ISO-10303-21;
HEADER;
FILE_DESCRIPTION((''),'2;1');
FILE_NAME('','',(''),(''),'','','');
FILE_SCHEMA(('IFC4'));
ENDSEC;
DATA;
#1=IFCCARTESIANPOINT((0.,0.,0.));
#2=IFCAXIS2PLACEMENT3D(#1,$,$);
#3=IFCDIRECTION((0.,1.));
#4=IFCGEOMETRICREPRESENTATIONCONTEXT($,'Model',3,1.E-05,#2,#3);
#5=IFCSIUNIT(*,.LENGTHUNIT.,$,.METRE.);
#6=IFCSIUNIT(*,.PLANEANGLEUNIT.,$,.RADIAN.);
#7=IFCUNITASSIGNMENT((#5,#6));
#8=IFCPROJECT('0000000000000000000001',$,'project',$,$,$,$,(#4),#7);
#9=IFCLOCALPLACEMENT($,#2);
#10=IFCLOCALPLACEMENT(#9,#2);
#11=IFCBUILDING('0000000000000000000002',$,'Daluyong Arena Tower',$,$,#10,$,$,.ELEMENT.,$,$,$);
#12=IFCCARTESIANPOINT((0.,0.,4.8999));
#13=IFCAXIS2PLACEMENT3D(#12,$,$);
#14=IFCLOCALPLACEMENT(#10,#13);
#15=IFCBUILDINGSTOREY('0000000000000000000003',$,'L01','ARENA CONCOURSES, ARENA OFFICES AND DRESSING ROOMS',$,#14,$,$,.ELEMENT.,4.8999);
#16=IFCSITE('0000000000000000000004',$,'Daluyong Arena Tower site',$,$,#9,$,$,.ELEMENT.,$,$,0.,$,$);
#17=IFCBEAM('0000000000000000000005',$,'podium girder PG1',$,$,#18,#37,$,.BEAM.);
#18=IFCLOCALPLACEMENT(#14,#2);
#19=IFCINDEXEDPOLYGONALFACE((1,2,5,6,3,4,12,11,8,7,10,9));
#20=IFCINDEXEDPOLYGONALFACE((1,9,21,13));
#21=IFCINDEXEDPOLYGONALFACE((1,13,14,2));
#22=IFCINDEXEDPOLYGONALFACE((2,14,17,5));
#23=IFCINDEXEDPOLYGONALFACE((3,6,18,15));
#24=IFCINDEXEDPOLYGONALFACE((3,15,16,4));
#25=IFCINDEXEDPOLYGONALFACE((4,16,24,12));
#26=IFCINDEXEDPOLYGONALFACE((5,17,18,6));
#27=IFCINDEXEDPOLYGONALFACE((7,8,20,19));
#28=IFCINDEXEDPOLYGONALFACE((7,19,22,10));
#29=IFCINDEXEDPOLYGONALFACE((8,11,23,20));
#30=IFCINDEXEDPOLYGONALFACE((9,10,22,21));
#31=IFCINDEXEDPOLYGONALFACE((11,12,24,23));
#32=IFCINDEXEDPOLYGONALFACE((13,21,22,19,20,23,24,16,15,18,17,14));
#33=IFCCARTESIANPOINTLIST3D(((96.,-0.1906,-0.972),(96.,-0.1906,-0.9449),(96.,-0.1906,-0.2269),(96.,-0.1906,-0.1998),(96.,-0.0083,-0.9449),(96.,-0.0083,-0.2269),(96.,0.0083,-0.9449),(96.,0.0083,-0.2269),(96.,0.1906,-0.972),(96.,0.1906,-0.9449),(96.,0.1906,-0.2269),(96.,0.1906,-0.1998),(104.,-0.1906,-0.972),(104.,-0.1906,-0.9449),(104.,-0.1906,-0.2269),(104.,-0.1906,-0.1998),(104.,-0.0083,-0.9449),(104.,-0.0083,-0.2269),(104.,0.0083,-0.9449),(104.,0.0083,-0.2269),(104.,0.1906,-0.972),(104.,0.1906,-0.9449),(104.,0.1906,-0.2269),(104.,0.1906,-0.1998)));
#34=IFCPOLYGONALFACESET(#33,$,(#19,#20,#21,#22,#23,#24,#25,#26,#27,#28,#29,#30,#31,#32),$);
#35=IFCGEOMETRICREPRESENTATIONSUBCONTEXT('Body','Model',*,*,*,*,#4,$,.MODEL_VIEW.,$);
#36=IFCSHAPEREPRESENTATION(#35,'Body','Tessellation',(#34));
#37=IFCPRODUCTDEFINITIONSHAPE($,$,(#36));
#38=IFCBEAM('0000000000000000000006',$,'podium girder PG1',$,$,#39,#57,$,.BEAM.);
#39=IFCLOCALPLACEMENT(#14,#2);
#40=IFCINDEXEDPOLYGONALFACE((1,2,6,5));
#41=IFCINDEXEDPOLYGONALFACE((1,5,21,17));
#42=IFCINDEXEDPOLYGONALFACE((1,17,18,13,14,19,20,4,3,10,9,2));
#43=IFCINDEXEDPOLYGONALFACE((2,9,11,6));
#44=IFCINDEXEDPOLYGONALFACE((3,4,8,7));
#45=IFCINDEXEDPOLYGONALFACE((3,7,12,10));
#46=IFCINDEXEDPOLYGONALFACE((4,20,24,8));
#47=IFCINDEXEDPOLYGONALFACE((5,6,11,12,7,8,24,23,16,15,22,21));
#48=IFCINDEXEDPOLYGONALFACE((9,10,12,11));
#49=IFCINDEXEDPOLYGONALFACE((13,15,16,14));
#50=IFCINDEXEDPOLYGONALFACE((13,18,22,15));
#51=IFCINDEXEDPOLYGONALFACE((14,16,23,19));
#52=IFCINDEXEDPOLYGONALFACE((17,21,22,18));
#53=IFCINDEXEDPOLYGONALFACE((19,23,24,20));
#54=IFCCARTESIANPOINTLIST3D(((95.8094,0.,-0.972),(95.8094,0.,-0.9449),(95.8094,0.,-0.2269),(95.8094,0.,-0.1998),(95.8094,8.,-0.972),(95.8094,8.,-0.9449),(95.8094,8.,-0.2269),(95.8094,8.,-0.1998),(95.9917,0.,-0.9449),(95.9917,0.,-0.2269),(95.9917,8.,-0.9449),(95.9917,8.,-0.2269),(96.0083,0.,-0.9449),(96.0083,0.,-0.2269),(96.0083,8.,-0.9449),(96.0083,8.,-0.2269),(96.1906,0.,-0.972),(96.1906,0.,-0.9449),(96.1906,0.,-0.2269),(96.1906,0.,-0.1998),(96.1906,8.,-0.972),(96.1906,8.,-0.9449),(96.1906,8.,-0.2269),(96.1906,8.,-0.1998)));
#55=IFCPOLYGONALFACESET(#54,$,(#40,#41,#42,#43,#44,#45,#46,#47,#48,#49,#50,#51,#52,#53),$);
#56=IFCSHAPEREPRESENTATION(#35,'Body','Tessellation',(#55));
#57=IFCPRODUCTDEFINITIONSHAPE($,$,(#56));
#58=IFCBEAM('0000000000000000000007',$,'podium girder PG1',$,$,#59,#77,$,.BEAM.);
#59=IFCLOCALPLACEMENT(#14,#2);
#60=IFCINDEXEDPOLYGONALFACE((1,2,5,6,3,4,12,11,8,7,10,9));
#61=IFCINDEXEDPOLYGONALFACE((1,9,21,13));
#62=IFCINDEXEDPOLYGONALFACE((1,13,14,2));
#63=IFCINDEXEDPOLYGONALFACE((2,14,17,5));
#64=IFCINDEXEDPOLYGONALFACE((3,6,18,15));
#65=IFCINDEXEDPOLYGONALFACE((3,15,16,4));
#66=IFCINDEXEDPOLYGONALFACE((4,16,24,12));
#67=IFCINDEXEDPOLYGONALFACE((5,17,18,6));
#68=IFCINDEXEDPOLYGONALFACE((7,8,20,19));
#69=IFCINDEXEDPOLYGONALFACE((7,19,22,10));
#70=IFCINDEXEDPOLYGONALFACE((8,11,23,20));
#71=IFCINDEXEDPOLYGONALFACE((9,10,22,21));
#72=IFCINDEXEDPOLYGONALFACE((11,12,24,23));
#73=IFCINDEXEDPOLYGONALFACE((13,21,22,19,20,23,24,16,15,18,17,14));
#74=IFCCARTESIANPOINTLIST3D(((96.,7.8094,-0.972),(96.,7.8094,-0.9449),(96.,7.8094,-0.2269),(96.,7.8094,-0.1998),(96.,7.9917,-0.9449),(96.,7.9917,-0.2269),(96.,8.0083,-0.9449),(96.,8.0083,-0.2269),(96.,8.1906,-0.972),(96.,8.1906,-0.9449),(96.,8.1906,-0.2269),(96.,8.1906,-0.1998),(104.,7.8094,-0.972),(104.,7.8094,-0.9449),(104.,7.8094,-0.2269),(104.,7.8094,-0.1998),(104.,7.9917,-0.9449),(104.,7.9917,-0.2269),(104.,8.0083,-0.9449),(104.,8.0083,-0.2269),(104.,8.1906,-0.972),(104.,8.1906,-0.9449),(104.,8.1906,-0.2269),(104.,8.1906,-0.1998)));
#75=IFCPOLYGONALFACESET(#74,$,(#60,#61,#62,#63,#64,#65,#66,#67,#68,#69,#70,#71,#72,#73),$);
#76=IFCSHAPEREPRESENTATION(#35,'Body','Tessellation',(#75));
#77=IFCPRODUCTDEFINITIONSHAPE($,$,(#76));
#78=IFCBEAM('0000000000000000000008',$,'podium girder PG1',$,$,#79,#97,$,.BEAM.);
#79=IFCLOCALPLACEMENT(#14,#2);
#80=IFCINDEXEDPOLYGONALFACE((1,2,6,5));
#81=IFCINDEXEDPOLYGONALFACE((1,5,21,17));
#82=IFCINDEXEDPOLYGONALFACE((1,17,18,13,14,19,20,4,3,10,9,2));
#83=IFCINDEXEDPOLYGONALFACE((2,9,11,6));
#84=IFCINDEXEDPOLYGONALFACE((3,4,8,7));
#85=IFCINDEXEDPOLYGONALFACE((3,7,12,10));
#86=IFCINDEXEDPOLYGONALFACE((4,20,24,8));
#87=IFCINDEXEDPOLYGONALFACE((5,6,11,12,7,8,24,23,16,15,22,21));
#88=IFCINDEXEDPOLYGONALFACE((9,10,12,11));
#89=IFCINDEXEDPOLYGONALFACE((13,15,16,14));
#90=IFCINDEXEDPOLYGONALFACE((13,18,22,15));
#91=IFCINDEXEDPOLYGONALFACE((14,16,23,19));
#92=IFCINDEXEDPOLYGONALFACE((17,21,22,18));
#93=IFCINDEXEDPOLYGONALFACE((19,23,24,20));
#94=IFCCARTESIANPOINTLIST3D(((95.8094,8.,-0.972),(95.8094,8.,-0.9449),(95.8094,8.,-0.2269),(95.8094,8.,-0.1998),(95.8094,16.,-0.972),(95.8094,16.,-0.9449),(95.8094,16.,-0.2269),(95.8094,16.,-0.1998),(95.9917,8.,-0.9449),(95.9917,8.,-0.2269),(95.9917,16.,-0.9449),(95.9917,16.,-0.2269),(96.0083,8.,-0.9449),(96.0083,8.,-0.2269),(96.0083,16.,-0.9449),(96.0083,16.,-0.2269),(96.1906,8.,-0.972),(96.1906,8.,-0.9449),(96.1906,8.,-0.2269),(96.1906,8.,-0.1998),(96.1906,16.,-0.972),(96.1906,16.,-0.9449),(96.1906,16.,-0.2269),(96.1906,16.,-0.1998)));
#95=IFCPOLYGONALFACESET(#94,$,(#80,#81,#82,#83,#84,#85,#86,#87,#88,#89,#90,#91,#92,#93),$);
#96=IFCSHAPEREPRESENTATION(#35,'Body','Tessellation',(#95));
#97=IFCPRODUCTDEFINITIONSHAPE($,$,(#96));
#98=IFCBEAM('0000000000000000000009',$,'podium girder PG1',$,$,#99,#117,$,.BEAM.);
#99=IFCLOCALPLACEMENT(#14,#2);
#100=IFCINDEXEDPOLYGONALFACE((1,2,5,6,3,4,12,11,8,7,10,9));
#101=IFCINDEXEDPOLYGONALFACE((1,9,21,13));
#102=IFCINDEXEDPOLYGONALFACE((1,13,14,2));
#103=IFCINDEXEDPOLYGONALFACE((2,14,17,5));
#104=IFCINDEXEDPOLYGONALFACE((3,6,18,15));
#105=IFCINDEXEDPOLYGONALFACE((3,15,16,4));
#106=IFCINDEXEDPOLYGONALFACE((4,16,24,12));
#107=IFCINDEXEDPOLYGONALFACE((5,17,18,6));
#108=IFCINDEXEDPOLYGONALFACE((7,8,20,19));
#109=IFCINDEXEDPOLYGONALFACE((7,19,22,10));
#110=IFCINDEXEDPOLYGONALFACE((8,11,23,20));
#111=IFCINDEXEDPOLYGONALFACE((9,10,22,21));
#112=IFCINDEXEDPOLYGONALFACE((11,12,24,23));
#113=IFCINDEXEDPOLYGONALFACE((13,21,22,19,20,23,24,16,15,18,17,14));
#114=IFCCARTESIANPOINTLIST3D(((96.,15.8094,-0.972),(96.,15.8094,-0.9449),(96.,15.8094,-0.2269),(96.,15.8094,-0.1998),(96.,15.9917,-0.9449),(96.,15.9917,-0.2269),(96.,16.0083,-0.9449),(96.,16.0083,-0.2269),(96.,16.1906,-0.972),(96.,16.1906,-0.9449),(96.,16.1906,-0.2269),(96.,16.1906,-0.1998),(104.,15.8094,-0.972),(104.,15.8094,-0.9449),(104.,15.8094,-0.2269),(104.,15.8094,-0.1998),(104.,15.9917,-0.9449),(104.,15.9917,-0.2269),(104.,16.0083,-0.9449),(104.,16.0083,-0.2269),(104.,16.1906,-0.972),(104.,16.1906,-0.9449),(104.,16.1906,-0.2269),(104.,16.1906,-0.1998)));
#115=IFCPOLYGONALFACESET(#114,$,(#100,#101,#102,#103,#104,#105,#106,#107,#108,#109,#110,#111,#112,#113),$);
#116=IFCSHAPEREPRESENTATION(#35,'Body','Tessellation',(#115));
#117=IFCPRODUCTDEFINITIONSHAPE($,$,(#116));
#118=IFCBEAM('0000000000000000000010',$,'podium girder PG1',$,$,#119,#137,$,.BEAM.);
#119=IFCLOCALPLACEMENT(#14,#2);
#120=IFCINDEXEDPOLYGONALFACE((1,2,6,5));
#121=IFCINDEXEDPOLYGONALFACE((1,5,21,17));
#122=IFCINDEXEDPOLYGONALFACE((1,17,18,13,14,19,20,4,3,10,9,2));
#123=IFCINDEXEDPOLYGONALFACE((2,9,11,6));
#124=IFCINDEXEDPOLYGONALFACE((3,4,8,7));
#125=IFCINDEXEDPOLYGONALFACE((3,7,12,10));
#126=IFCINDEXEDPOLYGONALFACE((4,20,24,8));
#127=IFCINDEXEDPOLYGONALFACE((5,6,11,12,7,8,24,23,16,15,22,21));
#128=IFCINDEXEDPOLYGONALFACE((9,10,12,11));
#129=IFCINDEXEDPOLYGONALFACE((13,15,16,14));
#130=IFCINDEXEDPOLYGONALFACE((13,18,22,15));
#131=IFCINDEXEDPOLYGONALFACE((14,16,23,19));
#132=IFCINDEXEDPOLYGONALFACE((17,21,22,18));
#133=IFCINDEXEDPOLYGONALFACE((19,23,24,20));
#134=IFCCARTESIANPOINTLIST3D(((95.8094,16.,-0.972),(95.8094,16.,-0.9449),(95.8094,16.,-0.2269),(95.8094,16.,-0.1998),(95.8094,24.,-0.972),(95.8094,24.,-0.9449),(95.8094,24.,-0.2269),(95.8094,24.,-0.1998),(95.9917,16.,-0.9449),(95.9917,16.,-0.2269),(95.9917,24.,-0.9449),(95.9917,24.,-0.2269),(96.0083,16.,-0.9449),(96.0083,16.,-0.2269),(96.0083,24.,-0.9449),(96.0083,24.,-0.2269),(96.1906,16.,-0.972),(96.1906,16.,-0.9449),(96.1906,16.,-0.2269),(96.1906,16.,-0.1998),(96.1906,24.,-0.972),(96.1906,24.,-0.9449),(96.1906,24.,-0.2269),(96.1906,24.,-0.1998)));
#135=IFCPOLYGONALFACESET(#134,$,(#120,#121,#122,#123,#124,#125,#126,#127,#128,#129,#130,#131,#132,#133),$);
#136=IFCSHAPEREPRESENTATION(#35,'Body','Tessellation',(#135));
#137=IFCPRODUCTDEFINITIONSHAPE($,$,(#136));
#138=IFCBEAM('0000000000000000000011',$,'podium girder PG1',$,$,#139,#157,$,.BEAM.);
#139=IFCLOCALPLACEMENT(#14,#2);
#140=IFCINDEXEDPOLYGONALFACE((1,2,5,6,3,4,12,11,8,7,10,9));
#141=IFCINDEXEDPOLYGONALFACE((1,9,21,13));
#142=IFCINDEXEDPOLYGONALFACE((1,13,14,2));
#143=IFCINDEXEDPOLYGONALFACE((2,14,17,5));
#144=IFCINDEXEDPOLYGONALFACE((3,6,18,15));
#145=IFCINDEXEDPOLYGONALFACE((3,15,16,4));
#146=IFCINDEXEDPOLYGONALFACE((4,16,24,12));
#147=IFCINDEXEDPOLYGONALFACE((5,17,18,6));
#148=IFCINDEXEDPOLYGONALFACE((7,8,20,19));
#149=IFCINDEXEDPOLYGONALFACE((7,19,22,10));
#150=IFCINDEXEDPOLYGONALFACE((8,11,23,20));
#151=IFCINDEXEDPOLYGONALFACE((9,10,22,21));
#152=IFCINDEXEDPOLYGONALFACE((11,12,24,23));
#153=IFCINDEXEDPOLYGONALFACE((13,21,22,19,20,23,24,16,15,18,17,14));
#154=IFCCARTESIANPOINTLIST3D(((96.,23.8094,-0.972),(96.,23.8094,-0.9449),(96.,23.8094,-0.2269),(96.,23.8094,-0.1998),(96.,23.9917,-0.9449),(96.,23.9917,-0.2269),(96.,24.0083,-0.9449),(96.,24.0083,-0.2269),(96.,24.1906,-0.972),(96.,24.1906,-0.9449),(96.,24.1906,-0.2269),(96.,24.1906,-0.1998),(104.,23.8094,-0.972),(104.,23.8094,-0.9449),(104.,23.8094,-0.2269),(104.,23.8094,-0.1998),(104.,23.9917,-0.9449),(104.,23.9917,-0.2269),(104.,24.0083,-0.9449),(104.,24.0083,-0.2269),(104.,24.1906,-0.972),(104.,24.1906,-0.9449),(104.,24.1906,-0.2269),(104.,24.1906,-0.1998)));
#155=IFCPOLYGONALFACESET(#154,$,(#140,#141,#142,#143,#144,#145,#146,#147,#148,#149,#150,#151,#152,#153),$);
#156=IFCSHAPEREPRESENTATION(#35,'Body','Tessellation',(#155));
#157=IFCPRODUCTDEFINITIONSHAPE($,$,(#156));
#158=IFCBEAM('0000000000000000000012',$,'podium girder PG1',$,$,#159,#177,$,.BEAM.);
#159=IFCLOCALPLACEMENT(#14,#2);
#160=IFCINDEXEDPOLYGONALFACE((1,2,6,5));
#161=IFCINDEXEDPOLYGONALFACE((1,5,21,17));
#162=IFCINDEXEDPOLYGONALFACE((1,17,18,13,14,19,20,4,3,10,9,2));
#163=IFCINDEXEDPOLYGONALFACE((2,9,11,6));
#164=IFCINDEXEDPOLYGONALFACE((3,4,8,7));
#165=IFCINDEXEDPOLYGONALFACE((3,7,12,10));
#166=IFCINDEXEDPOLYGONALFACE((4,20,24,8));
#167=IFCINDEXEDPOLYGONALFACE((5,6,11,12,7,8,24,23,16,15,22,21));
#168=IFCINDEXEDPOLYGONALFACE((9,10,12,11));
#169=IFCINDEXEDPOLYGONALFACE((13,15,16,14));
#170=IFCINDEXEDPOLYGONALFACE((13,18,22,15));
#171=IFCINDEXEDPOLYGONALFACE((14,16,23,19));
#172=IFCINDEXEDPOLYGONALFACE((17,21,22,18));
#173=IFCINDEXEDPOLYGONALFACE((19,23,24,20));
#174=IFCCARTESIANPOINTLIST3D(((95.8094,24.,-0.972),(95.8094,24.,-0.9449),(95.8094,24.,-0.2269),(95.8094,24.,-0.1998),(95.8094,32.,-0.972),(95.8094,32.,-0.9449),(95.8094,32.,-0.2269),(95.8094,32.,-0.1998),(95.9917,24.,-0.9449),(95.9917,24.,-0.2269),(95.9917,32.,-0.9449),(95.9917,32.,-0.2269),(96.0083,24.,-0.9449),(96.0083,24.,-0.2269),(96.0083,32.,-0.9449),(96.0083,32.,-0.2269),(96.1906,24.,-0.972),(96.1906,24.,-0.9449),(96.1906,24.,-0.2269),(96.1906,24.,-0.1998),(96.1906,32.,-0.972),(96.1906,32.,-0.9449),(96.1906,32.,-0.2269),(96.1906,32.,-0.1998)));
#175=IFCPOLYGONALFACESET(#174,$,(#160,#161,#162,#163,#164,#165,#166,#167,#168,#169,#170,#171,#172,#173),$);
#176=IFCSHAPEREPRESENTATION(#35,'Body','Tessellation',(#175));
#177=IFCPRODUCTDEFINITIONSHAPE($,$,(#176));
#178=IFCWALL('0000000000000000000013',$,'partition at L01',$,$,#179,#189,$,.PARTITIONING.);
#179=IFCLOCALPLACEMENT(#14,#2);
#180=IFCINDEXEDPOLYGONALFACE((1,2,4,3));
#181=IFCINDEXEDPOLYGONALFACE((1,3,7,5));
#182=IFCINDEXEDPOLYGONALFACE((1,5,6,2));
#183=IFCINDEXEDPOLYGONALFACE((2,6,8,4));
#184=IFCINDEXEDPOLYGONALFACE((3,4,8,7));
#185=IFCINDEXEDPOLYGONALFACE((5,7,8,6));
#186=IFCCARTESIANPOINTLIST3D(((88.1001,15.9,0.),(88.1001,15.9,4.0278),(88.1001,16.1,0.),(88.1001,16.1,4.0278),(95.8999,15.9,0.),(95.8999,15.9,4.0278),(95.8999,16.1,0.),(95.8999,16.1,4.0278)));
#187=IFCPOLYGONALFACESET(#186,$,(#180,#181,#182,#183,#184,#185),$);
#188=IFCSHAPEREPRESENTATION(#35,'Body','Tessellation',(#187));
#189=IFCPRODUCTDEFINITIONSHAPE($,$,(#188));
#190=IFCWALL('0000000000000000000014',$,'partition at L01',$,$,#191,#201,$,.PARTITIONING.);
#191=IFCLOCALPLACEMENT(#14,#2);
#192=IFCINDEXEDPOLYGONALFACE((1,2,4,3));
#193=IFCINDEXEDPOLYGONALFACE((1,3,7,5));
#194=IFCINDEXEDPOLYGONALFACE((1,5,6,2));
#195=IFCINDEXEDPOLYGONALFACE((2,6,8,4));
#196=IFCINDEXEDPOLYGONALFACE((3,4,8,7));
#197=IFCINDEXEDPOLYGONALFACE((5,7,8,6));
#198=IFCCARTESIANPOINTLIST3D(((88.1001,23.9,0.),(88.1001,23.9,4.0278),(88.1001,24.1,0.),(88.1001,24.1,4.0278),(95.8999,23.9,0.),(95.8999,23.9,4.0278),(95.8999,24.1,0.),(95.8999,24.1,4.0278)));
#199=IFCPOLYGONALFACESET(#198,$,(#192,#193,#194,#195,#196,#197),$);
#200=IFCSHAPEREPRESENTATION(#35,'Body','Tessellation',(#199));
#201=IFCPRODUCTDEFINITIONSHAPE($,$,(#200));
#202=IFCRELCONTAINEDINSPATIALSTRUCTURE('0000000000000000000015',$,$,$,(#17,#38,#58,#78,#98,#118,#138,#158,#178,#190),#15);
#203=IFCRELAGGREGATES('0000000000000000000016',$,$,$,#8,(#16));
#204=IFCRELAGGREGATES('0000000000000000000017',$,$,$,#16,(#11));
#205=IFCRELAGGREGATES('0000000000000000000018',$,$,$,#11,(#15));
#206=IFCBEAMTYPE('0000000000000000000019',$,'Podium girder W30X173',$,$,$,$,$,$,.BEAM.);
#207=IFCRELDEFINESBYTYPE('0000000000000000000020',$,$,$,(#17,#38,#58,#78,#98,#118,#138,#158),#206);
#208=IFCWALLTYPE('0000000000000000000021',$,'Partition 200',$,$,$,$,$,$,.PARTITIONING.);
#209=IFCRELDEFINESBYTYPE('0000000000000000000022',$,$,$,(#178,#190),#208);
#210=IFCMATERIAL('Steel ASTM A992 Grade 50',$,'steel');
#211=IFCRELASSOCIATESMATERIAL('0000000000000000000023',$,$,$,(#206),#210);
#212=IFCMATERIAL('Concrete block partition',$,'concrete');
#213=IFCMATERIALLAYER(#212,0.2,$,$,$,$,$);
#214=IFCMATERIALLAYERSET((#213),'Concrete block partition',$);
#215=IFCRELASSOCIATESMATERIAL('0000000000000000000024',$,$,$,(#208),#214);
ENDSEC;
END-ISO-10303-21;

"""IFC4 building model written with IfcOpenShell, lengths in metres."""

from ifc_helpers import new_model, si_unit, direction, frame, frame_2d, origin, origin_2d, place, context, subcontext, project, spatial, rectangle, i_section, extrude, material, layer, layer_set, material_profile, profile_set, type_object, element, save


model = new_model("IFC4")

# Units and contexts
model_context = context("Model", 3, precision=1e-05, world=origin(), true_north=direction((0.0, 1.0)))
body_context = subcontext(model_context, "Body", "Model", "MODEL_VIEW")
ifc_project = project(units=[si_unit("LENGTHUNIT", "METRE"), si_unit("PLANEANGLEUNIT", "RADIAN")], contexts=[model_context])

# Site, building, storey
site_placement = place(None, origin())
site = spatial("IfcSite", under=ifc_project, at=site_placement, Name="Daluyong Arena Tower site", CompositionType="ELEMENT", RefElevation=0.0)
building_placement = place(site_placement, origin())
building = spatial("IfcBuilding", under=site, at=building_placement, Name="Daluyong Arena Tower", CompositionType="ELEMENT")
storey_placement = place(building_placement, frame((0.0, 0.0, 4.8999)))
storey = spatial("IfcBuildingStorey", under=building, at=storey_placement, Name="L01", Description="ARENA CONCOURSES, ARENA OFFICES AND DRESSING ROOMS", CompositionType="ELEMENT", Elevation=4.8999)

# Beams
ifc_material_1 = material(Name="Steel ASTM A992 Grade 50", Category="steel")
ifc_material_profile_1 = material_profile(ifc_material_1, i_section(OverallWidth=0.3811, OverallDepth=0.7722, WebThickness=0.0166, FlangeThickness=0.0271, at=origin_2d()))
ifc_profile_set_1 = profile_set([ifc_material_profile_1], Name="Steel ASTM A992 Grade 50")
beam_type_1 = type_object("IfcBeamType", Name="Podium girder W30X173", PredefinedType="BEAM", material=ifc_profile_set_1)
for number, where, z_axis, x_axis, name in (
    (1, (96.0, 0.0, -0.5859), (1.0, 0.0, 0.0), (0.0, 1.0, 0.0), "podium girder PG1"),
    (2, (96.0, 0.0, -0.5859), (0.0, 1.0, 0.0), (-1.0, 0.0, 0.0), "podium girder PG1"),
    (3, (96.0, 8.0, -0.5859), (1.0, 0.0, 0.0), (0.0, 1.0, 0.0), "podium girder PG1"),
    (4, (96.0, 8.0, -0.5859), (0.0, 1.0, 0.0), (-1.0, 0.0, 0.0), "podium girder PG1"),
    (5, (96.0, 16.0, -0.5859), (1.0, 0.0, 0.0), (0.0, 1.0, 0.0), "podium girder PG1"),
    (6, (96.0, 16.0, -0.5859), (0.0, 1.0, 0.0), (-1.0, 0.0, 0.0), "podium girder PG1"),
    (7, (96.0, 24.0, -0.5859), (1.0, 0.0, 0.0), (0.0, 1.0, 0.0), "podium girder PG1"),
    (8, (96.0, 24.0, -0.5859), (0.0, 1.0, 0.0), (-1.0, 0.0, 0.0), "podium girder PG1"),
):
    element("IfcBeam", number, at=place(storey_placement, frame(where, z_axis=z_axis, x_axis=x_axis)), inside=storey, type_object=beam_type_1, Name=name, PredefinedType="BEAM", context=body_context, shape_type="SweptSolid", body=[
        extrude(i_section(OverallWidth=0.3811, OverallDepth=0.7722, WebThickness=0.0166, FlangeThickness=0.0271, at=origin_2d()), origin(), (0.0, 0.0, 1.0), 8.0),
    ])

# Walls
ifc_material_2 = material(Name="Concrete block partition", Category="concrete")
ifc_layer_1 = layer(ifc_material_2, 0.2)
ifc_layer_set_1 = layer_set([ifc_layer_1], Name="Concrete block partition")
wall_type_1 = type_object("IfcWallType", Name="Partition 200", PredefinedType="PARTITIONING", material=ifc_layer_set_1)
for number, where, z_axis, x_axis, name in (
    (9, (88.1001, 16.0, 0.0), (0.0, 0.0, 1.0), (1.0, 0.0, 0.0), "partition at L01"),
    (10, (88.1001, 24.0, 0.0), (0.0, 0.0, 1.0), (1.0, 0.0, 0.0), "partition at L01"),
):
    element("IfcWall", number, at=place(storey_placement, frame(where, z_axis=z_axis, x_axis=x_axis)), inside=storey, type_object=wall_type_1, Name=name, PredefinedType="PARTITIONING", context=body_context, shape_type="SweptSolid", body=[
        extrude(rectangle(XDim=7.7998, YDim=0.2, at=frame_2d((3.8999, 0.0))), origin(), (0.0, 0.0, 1.0), 4.0278),
    ])

save(model, "model.ifc")
